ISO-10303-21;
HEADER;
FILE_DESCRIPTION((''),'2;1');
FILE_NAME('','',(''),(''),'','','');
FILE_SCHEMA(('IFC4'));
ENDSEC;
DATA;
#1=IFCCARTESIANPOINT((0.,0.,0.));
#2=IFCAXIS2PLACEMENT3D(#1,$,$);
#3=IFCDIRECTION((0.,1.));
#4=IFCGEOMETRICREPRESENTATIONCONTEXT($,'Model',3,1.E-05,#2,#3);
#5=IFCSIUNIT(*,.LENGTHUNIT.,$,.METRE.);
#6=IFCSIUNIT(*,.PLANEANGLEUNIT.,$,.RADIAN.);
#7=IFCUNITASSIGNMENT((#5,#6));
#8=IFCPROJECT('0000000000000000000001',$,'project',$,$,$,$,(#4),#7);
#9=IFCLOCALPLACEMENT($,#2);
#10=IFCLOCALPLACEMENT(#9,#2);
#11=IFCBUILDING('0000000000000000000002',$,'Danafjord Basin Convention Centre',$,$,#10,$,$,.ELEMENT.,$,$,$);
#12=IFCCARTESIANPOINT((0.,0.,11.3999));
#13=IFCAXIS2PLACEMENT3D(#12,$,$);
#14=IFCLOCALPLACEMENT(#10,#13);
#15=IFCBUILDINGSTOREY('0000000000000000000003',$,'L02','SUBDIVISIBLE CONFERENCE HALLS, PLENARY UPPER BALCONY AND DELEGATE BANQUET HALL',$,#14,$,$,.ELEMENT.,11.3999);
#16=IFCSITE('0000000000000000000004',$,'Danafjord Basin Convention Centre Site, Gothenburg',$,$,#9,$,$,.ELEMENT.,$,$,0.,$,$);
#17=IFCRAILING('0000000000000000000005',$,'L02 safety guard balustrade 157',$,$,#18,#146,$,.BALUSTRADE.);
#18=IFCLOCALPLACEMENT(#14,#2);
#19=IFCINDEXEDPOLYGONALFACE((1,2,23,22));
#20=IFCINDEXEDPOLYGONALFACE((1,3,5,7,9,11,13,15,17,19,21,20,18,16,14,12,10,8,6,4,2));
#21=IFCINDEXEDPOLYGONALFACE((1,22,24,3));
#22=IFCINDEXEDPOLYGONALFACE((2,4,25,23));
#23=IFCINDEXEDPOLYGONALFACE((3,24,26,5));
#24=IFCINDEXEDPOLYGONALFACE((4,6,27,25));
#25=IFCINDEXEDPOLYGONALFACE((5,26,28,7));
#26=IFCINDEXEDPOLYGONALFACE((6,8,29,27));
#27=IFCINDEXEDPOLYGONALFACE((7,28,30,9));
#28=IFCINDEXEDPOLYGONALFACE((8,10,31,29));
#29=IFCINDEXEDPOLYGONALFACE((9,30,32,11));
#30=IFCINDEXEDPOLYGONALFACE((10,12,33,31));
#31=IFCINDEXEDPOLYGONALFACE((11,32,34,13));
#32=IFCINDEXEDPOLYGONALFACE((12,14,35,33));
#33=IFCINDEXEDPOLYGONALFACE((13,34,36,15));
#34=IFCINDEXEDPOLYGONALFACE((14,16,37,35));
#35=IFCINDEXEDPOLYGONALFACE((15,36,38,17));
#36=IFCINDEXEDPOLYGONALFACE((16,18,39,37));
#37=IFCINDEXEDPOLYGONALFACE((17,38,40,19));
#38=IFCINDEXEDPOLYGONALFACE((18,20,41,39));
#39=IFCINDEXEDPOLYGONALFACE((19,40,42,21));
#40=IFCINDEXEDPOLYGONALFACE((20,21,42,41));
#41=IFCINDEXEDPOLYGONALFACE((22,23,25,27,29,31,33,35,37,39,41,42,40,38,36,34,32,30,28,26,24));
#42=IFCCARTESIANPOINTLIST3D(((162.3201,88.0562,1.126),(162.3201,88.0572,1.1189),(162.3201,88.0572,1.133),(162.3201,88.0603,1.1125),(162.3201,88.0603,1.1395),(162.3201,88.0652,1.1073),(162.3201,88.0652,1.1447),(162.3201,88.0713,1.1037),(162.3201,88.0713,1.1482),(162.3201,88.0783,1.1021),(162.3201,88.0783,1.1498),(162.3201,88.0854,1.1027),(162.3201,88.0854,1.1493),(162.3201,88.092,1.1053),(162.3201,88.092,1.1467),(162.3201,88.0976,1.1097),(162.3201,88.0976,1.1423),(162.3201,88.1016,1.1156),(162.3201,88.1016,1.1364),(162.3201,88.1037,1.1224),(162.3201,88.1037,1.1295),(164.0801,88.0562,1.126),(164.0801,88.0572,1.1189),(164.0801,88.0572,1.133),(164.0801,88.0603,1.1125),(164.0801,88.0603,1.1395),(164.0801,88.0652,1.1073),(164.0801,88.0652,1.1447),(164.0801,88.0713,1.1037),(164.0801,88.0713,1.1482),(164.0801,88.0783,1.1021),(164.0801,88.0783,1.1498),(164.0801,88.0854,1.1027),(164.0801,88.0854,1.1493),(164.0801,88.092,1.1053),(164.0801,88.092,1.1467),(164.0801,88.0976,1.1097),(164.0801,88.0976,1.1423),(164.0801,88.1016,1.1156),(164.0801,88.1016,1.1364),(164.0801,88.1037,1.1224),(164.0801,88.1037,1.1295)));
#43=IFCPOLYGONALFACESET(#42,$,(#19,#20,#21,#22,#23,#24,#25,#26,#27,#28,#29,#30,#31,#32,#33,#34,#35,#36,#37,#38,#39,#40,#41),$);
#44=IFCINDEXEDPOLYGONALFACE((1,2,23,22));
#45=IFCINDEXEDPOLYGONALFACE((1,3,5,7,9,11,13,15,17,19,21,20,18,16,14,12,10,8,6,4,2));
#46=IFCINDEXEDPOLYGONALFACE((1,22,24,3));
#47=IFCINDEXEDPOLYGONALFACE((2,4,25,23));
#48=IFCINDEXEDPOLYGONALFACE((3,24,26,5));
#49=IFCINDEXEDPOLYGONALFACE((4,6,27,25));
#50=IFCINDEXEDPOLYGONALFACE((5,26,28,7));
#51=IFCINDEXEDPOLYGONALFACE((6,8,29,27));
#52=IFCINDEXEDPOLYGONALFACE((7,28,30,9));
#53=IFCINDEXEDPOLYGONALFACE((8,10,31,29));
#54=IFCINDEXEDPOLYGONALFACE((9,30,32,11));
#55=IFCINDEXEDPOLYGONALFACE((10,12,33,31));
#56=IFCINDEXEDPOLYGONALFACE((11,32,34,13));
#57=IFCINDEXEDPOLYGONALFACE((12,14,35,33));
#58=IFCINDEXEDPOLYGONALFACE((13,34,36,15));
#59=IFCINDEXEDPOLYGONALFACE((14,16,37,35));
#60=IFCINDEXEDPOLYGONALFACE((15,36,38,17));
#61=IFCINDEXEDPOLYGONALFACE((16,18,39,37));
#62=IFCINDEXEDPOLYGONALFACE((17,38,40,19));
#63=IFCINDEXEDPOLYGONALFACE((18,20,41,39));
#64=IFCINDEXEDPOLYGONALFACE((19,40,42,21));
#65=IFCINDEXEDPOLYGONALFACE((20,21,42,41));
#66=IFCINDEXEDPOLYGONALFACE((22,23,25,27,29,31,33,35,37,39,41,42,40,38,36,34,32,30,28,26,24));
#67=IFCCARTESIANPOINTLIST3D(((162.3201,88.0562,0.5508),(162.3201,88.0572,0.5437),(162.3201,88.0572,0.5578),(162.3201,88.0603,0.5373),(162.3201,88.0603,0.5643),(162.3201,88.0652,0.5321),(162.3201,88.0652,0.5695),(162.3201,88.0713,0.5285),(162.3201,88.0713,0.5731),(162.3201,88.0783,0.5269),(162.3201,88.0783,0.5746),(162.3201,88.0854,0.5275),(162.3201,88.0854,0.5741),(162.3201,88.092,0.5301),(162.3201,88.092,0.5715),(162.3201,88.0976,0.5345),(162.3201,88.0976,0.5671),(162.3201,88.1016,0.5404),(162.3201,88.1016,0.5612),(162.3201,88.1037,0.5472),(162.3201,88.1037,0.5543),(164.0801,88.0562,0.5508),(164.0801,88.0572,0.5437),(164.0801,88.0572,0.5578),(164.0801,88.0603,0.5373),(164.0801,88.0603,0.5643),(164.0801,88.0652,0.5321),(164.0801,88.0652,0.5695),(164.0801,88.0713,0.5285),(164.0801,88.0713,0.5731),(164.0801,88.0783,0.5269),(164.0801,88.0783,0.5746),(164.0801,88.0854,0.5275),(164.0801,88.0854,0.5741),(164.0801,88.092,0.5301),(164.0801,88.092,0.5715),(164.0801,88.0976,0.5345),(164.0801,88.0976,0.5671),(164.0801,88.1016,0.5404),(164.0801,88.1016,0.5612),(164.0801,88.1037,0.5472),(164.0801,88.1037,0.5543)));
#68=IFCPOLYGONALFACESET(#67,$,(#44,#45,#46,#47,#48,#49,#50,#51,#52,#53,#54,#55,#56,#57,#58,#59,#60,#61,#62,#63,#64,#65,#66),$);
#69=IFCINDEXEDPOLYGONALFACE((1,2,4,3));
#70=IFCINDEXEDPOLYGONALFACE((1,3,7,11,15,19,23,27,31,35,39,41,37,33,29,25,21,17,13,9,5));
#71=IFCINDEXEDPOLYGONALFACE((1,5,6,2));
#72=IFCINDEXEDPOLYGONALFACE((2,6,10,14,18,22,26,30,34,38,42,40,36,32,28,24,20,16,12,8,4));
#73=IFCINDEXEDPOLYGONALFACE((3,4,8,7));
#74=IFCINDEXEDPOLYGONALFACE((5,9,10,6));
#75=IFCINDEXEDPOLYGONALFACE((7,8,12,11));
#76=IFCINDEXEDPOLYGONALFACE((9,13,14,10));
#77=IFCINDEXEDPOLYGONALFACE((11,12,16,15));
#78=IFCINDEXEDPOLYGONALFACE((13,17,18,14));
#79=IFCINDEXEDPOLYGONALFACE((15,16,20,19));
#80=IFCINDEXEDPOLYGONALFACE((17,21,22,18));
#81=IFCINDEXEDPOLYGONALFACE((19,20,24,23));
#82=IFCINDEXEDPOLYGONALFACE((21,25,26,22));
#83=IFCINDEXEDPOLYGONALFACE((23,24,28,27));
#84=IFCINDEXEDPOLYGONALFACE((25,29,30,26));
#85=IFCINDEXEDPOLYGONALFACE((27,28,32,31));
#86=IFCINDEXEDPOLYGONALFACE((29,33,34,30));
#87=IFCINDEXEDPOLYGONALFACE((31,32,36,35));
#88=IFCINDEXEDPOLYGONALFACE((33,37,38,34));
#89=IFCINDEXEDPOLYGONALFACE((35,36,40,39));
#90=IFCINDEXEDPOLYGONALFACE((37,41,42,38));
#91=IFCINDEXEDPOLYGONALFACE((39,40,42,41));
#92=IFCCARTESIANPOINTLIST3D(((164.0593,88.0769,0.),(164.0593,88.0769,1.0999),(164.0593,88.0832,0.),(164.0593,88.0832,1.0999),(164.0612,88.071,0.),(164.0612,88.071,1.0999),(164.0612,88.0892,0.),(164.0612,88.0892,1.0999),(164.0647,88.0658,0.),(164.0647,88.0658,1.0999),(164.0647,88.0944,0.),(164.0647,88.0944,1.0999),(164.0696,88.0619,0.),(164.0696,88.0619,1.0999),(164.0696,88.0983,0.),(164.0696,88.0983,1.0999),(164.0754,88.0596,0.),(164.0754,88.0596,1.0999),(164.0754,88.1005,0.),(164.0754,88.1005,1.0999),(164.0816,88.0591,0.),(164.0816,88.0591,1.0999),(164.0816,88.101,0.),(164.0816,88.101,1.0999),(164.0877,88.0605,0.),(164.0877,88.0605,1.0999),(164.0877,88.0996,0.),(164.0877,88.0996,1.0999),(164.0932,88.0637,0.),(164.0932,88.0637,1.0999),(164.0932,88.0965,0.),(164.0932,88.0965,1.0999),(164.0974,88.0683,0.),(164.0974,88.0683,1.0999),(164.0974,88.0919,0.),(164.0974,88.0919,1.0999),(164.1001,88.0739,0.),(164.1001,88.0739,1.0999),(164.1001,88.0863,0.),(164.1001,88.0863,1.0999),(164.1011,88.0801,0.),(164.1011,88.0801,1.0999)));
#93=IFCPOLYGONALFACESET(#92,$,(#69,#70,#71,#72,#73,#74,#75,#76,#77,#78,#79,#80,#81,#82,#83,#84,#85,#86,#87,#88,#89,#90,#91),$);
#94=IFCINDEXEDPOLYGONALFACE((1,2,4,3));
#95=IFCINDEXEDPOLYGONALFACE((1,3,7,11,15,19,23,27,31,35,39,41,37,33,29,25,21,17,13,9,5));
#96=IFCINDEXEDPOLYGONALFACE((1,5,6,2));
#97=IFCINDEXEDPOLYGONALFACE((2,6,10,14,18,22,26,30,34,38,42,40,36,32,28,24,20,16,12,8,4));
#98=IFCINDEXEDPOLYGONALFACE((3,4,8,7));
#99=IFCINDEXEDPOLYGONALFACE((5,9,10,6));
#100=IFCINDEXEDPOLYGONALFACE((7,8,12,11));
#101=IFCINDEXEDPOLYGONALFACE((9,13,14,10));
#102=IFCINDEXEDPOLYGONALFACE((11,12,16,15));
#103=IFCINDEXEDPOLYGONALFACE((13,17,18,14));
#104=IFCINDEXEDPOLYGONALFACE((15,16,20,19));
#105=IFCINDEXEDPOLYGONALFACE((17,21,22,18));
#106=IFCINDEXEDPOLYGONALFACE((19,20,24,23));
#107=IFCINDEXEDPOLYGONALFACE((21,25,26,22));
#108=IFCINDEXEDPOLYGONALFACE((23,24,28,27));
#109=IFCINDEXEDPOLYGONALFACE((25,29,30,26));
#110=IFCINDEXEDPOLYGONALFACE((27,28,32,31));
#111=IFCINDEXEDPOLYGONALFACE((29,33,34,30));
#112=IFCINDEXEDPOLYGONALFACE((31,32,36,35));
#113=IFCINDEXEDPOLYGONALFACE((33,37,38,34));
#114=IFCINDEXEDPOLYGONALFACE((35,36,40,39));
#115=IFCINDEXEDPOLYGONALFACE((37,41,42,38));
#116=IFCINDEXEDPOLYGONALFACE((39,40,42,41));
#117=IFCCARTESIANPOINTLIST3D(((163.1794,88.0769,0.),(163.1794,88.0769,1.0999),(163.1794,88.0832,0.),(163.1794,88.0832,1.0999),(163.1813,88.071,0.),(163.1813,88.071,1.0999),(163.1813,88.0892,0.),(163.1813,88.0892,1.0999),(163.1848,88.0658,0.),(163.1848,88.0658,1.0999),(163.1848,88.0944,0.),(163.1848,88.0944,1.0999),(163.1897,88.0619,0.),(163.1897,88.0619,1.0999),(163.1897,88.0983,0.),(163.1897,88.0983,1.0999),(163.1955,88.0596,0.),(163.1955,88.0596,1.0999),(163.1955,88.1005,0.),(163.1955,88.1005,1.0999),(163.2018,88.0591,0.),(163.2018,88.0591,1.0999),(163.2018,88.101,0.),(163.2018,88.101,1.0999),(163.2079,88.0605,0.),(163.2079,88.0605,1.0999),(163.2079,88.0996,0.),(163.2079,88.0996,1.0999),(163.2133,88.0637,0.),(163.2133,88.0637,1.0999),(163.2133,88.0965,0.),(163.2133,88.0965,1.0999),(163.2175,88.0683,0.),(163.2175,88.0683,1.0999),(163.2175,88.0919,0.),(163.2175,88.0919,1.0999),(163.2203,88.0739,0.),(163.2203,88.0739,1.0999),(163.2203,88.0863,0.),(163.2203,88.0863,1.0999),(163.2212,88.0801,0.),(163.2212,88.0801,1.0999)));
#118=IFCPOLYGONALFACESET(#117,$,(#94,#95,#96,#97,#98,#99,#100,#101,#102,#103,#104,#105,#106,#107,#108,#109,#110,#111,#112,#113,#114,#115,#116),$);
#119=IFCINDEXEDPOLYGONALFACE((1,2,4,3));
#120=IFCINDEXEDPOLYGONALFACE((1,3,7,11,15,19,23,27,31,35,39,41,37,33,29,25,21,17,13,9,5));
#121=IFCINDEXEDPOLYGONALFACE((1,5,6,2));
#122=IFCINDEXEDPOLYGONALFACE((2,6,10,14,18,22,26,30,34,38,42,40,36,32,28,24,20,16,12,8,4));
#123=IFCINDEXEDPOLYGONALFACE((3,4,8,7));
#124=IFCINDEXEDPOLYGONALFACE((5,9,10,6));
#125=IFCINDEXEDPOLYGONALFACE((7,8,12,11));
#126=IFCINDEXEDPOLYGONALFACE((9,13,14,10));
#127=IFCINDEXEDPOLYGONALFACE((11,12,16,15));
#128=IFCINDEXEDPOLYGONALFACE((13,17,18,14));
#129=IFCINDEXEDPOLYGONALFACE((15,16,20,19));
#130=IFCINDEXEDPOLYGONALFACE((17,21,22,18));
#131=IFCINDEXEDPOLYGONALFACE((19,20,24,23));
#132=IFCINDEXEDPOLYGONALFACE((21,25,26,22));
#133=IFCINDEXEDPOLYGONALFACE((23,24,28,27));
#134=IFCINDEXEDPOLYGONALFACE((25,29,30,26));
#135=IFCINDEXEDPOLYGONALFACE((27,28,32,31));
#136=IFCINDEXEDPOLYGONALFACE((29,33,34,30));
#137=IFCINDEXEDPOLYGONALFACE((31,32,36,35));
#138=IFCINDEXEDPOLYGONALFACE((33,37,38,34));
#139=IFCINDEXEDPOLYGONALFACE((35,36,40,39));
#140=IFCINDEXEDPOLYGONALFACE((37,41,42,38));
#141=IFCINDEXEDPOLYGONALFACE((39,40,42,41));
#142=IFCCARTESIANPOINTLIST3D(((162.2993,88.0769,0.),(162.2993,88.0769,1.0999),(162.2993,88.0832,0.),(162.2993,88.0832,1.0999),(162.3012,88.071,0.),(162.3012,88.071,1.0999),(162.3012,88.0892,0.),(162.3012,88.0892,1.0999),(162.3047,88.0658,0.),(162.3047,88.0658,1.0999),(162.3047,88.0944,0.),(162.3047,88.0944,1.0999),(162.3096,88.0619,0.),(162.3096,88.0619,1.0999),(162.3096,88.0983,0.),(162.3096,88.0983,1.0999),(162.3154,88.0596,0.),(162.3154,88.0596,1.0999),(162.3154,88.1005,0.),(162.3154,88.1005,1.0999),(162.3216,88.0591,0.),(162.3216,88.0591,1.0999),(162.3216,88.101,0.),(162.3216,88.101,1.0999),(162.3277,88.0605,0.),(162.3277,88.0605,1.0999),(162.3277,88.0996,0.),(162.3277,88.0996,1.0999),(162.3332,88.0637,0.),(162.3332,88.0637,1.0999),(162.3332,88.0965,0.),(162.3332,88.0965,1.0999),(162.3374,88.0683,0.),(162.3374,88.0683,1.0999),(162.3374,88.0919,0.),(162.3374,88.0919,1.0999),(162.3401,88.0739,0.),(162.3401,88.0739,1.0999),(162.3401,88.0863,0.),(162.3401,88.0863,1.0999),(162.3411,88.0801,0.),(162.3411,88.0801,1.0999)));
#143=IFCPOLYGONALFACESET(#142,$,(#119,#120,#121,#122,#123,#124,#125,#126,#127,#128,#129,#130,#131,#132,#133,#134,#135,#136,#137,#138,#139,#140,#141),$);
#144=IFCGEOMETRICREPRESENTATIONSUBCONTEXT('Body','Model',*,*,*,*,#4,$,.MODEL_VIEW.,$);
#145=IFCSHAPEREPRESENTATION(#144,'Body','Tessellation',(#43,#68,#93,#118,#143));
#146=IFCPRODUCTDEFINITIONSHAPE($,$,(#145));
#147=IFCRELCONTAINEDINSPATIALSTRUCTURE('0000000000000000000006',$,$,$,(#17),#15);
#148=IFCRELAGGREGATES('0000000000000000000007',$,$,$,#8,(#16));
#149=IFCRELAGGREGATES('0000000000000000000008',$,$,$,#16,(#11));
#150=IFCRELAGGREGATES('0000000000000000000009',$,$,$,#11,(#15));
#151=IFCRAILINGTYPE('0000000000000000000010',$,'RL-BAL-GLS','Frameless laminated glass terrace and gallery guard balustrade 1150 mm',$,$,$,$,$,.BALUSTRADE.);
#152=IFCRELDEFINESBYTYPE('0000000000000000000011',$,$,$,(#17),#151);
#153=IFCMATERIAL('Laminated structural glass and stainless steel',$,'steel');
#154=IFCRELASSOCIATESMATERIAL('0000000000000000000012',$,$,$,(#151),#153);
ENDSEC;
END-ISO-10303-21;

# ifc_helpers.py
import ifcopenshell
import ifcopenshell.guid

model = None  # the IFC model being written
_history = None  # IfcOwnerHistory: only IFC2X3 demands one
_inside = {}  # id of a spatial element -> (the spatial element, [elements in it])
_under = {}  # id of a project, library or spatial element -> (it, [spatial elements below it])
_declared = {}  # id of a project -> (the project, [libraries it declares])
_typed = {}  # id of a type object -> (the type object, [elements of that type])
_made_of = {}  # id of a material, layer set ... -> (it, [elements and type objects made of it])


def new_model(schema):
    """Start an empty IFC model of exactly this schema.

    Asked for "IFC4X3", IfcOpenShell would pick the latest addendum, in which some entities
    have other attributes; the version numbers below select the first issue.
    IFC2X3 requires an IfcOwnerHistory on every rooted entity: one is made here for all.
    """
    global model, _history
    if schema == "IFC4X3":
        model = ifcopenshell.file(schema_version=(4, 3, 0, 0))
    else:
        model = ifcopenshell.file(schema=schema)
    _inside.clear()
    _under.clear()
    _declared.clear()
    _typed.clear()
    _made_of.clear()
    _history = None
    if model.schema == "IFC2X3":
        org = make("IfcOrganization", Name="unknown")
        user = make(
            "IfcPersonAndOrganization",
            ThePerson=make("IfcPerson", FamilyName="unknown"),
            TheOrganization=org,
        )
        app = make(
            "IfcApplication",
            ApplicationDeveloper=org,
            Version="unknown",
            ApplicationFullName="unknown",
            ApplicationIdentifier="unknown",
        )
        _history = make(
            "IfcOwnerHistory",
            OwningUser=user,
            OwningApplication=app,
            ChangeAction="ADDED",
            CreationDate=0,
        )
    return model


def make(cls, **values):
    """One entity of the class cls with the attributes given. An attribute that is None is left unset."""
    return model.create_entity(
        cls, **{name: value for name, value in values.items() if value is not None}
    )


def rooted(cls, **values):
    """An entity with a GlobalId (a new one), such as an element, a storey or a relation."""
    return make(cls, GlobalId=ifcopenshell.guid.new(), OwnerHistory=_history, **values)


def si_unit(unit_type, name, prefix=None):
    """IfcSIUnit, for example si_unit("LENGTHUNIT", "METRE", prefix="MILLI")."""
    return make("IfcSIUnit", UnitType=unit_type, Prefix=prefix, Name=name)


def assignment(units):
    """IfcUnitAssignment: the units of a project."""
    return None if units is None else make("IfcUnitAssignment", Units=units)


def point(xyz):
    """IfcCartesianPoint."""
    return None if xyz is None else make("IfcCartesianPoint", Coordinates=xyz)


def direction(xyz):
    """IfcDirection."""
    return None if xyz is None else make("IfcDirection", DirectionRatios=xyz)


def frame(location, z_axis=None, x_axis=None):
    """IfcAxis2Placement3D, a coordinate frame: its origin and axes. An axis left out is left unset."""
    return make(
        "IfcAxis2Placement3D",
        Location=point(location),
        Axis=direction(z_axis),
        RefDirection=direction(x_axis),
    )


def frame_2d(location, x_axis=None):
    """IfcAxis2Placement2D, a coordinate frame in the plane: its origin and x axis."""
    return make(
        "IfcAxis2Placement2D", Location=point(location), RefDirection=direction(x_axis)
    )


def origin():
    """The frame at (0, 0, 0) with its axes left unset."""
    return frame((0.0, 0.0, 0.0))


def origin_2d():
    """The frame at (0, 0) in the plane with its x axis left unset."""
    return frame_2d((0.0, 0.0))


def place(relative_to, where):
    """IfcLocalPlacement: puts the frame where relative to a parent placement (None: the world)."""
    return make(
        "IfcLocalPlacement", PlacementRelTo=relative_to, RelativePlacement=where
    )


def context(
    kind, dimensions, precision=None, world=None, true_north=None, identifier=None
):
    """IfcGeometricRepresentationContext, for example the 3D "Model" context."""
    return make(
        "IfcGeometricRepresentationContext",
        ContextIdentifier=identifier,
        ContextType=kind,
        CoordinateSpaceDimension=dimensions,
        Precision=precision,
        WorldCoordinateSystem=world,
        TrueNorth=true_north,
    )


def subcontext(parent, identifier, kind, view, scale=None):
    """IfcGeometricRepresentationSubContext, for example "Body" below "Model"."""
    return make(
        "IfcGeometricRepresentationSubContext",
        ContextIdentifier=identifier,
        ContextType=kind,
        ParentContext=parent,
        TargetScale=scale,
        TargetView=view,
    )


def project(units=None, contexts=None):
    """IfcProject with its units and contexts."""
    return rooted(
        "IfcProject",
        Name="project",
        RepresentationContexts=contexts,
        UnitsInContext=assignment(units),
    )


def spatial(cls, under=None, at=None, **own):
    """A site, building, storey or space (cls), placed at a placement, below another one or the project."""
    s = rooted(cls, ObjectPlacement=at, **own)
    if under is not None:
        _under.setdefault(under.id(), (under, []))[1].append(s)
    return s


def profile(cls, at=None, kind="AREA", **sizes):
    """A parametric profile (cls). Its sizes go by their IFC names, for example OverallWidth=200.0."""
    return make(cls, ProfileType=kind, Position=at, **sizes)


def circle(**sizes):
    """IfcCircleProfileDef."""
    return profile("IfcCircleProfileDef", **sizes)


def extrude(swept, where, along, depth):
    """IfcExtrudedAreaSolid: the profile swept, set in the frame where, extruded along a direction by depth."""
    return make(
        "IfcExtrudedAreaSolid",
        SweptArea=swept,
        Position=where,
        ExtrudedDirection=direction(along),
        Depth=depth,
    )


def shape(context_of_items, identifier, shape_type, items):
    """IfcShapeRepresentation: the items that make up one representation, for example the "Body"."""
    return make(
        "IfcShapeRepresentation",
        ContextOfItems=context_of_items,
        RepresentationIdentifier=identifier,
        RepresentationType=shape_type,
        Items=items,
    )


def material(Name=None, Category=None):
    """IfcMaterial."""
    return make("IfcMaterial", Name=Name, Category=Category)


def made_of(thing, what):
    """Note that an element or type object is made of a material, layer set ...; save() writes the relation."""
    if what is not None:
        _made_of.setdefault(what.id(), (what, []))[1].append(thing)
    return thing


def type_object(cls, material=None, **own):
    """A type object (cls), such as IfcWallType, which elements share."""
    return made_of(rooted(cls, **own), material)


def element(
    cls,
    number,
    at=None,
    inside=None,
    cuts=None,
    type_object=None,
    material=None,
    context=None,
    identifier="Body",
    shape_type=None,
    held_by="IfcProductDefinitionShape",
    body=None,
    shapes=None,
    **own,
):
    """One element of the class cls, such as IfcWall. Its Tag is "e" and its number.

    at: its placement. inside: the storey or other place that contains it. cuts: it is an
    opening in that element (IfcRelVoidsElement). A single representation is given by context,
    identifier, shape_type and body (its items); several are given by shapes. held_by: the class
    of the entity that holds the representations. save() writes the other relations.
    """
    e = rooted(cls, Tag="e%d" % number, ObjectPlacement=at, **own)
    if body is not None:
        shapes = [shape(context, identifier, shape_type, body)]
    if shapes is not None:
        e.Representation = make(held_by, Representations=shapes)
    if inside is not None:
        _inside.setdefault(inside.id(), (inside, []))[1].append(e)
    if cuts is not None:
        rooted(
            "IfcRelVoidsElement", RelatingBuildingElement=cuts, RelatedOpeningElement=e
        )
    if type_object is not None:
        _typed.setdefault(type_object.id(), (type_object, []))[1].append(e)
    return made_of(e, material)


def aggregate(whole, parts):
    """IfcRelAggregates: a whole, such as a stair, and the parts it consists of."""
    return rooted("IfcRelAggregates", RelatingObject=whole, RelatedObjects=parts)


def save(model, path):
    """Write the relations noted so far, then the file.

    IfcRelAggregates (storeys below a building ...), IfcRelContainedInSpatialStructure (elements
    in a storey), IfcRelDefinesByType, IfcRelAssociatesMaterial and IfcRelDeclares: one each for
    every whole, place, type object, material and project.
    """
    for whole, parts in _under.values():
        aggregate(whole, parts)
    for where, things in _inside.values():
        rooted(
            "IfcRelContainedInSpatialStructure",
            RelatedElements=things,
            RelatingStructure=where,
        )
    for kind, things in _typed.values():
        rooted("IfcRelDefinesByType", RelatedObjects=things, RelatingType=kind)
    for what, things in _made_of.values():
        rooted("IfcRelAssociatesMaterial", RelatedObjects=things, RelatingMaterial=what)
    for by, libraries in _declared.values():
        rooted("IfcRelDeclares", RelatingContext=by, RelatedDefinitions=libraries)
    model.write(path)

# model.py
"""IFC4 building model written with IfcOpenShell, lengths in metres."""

from ifc_helpers import new_model, si_unit, direction, frame, origin, origin_2d, place, context, subcontext, project, spatial, circle, extrude, material, type_object, element, save


model = new_model("IFC4")

# Units and contexts
model_context = context("Model", 3, precision=1e-05, world=origin(), true_north=direction((0.0, 1.0)))
body_context = subcontext(model_context, "Body", "Model", "MODEL_VIEW")
ifc_project = project(units=[si_unit("LENGTHUNIT", "METRE"), si_unit("PLANEANGLEUNIT", "RADIAN")], contexts=[model_context])

# Site, building, storey
site_placement = place(None, origin())
site = spatial("IfcSite", under=ifc_project, at=site_placement, Name="Danafjord Basin Convention Centre Site, Gothenburg", CompositionType="ELEMENT", RefElevation=0.0)
building_placement = place(site_placement, origin())
building = spatial("IfcBuilding", under=site, at=building_placement, Name="Danafjord Basin Convention Centre", CompositionType="ELEMENT")
storey_placement = place(building_placement, frame((0.0, 0.0, 11.3999)))
storey = spatial("IfcBuildingStorey", under=building, at=storey_placement, Name="L02", Description="SUBDIVISIBLE CONFERENCE HALLS, PLENARY UPPER BALCONY AND DELEGATE BANQUET HALL", CompositionType="ELEMENT", Elevation=11.3999)

# Railing
ifc_material_1 = material(Name="Laminated structural glass and stainless steel", Category="steel")
railing_type = type_object("IfcRailingType", Name="RL-BAL-GLS", Description="Frameless laminated glass terrace and gallery guard balustrade 1150 mm", PredefinedType="BALUSTRADE", material=ifc_material_1)
for number, where, name in (
    (1, (164.0801, 88.0801, 0.0), "L02 safety guard balustrade 157"),
):
    element("IfcRailing", number, at=place(storey_placement, frame(where)), inside=storey, type_object=railing_type, Name=name, PredefinedType="BALUSTRADE", context=body_context, shape_type="SweptSolid", body=[
        extrude(circle(Radius=0.0239, at=origin_2d()), frame((0.0, 0.0, 1.126), z_axis=(-1.0, 0.0, 0.0), x_axis=(0.0, -1.0, 0.0)), (0.0, 0.0, 1.0), 1.76),
        extrude(circle(Radius=0.0239, at=origin_2d()), frame((0.0, 0.0, 0.5508), z_axis=(-1.0, 0.0, 0.0), x_axis=(0.0, -1.0, 0.0)), (0.0, 0.0, 1.0), 1.76),
        extrude(circle(Radius=0.021, at=origin_2d()), origin(), (0.0, 0.0, 1.0), 1.0999),
        extrude(circle(Radius=0.021, at=origin_2d()), frame((-0.8799, 0.0, 0.0)), (0.0, 0.0, 1.0), 1.0999),
        extrude(circle(Radius=0.021, at=origin_2d()), frame((-1.76, 0.0, 0.0)), (0.0, 0.0, 1.0), 1.0999),
    ])

save(model, "model.ifc")
